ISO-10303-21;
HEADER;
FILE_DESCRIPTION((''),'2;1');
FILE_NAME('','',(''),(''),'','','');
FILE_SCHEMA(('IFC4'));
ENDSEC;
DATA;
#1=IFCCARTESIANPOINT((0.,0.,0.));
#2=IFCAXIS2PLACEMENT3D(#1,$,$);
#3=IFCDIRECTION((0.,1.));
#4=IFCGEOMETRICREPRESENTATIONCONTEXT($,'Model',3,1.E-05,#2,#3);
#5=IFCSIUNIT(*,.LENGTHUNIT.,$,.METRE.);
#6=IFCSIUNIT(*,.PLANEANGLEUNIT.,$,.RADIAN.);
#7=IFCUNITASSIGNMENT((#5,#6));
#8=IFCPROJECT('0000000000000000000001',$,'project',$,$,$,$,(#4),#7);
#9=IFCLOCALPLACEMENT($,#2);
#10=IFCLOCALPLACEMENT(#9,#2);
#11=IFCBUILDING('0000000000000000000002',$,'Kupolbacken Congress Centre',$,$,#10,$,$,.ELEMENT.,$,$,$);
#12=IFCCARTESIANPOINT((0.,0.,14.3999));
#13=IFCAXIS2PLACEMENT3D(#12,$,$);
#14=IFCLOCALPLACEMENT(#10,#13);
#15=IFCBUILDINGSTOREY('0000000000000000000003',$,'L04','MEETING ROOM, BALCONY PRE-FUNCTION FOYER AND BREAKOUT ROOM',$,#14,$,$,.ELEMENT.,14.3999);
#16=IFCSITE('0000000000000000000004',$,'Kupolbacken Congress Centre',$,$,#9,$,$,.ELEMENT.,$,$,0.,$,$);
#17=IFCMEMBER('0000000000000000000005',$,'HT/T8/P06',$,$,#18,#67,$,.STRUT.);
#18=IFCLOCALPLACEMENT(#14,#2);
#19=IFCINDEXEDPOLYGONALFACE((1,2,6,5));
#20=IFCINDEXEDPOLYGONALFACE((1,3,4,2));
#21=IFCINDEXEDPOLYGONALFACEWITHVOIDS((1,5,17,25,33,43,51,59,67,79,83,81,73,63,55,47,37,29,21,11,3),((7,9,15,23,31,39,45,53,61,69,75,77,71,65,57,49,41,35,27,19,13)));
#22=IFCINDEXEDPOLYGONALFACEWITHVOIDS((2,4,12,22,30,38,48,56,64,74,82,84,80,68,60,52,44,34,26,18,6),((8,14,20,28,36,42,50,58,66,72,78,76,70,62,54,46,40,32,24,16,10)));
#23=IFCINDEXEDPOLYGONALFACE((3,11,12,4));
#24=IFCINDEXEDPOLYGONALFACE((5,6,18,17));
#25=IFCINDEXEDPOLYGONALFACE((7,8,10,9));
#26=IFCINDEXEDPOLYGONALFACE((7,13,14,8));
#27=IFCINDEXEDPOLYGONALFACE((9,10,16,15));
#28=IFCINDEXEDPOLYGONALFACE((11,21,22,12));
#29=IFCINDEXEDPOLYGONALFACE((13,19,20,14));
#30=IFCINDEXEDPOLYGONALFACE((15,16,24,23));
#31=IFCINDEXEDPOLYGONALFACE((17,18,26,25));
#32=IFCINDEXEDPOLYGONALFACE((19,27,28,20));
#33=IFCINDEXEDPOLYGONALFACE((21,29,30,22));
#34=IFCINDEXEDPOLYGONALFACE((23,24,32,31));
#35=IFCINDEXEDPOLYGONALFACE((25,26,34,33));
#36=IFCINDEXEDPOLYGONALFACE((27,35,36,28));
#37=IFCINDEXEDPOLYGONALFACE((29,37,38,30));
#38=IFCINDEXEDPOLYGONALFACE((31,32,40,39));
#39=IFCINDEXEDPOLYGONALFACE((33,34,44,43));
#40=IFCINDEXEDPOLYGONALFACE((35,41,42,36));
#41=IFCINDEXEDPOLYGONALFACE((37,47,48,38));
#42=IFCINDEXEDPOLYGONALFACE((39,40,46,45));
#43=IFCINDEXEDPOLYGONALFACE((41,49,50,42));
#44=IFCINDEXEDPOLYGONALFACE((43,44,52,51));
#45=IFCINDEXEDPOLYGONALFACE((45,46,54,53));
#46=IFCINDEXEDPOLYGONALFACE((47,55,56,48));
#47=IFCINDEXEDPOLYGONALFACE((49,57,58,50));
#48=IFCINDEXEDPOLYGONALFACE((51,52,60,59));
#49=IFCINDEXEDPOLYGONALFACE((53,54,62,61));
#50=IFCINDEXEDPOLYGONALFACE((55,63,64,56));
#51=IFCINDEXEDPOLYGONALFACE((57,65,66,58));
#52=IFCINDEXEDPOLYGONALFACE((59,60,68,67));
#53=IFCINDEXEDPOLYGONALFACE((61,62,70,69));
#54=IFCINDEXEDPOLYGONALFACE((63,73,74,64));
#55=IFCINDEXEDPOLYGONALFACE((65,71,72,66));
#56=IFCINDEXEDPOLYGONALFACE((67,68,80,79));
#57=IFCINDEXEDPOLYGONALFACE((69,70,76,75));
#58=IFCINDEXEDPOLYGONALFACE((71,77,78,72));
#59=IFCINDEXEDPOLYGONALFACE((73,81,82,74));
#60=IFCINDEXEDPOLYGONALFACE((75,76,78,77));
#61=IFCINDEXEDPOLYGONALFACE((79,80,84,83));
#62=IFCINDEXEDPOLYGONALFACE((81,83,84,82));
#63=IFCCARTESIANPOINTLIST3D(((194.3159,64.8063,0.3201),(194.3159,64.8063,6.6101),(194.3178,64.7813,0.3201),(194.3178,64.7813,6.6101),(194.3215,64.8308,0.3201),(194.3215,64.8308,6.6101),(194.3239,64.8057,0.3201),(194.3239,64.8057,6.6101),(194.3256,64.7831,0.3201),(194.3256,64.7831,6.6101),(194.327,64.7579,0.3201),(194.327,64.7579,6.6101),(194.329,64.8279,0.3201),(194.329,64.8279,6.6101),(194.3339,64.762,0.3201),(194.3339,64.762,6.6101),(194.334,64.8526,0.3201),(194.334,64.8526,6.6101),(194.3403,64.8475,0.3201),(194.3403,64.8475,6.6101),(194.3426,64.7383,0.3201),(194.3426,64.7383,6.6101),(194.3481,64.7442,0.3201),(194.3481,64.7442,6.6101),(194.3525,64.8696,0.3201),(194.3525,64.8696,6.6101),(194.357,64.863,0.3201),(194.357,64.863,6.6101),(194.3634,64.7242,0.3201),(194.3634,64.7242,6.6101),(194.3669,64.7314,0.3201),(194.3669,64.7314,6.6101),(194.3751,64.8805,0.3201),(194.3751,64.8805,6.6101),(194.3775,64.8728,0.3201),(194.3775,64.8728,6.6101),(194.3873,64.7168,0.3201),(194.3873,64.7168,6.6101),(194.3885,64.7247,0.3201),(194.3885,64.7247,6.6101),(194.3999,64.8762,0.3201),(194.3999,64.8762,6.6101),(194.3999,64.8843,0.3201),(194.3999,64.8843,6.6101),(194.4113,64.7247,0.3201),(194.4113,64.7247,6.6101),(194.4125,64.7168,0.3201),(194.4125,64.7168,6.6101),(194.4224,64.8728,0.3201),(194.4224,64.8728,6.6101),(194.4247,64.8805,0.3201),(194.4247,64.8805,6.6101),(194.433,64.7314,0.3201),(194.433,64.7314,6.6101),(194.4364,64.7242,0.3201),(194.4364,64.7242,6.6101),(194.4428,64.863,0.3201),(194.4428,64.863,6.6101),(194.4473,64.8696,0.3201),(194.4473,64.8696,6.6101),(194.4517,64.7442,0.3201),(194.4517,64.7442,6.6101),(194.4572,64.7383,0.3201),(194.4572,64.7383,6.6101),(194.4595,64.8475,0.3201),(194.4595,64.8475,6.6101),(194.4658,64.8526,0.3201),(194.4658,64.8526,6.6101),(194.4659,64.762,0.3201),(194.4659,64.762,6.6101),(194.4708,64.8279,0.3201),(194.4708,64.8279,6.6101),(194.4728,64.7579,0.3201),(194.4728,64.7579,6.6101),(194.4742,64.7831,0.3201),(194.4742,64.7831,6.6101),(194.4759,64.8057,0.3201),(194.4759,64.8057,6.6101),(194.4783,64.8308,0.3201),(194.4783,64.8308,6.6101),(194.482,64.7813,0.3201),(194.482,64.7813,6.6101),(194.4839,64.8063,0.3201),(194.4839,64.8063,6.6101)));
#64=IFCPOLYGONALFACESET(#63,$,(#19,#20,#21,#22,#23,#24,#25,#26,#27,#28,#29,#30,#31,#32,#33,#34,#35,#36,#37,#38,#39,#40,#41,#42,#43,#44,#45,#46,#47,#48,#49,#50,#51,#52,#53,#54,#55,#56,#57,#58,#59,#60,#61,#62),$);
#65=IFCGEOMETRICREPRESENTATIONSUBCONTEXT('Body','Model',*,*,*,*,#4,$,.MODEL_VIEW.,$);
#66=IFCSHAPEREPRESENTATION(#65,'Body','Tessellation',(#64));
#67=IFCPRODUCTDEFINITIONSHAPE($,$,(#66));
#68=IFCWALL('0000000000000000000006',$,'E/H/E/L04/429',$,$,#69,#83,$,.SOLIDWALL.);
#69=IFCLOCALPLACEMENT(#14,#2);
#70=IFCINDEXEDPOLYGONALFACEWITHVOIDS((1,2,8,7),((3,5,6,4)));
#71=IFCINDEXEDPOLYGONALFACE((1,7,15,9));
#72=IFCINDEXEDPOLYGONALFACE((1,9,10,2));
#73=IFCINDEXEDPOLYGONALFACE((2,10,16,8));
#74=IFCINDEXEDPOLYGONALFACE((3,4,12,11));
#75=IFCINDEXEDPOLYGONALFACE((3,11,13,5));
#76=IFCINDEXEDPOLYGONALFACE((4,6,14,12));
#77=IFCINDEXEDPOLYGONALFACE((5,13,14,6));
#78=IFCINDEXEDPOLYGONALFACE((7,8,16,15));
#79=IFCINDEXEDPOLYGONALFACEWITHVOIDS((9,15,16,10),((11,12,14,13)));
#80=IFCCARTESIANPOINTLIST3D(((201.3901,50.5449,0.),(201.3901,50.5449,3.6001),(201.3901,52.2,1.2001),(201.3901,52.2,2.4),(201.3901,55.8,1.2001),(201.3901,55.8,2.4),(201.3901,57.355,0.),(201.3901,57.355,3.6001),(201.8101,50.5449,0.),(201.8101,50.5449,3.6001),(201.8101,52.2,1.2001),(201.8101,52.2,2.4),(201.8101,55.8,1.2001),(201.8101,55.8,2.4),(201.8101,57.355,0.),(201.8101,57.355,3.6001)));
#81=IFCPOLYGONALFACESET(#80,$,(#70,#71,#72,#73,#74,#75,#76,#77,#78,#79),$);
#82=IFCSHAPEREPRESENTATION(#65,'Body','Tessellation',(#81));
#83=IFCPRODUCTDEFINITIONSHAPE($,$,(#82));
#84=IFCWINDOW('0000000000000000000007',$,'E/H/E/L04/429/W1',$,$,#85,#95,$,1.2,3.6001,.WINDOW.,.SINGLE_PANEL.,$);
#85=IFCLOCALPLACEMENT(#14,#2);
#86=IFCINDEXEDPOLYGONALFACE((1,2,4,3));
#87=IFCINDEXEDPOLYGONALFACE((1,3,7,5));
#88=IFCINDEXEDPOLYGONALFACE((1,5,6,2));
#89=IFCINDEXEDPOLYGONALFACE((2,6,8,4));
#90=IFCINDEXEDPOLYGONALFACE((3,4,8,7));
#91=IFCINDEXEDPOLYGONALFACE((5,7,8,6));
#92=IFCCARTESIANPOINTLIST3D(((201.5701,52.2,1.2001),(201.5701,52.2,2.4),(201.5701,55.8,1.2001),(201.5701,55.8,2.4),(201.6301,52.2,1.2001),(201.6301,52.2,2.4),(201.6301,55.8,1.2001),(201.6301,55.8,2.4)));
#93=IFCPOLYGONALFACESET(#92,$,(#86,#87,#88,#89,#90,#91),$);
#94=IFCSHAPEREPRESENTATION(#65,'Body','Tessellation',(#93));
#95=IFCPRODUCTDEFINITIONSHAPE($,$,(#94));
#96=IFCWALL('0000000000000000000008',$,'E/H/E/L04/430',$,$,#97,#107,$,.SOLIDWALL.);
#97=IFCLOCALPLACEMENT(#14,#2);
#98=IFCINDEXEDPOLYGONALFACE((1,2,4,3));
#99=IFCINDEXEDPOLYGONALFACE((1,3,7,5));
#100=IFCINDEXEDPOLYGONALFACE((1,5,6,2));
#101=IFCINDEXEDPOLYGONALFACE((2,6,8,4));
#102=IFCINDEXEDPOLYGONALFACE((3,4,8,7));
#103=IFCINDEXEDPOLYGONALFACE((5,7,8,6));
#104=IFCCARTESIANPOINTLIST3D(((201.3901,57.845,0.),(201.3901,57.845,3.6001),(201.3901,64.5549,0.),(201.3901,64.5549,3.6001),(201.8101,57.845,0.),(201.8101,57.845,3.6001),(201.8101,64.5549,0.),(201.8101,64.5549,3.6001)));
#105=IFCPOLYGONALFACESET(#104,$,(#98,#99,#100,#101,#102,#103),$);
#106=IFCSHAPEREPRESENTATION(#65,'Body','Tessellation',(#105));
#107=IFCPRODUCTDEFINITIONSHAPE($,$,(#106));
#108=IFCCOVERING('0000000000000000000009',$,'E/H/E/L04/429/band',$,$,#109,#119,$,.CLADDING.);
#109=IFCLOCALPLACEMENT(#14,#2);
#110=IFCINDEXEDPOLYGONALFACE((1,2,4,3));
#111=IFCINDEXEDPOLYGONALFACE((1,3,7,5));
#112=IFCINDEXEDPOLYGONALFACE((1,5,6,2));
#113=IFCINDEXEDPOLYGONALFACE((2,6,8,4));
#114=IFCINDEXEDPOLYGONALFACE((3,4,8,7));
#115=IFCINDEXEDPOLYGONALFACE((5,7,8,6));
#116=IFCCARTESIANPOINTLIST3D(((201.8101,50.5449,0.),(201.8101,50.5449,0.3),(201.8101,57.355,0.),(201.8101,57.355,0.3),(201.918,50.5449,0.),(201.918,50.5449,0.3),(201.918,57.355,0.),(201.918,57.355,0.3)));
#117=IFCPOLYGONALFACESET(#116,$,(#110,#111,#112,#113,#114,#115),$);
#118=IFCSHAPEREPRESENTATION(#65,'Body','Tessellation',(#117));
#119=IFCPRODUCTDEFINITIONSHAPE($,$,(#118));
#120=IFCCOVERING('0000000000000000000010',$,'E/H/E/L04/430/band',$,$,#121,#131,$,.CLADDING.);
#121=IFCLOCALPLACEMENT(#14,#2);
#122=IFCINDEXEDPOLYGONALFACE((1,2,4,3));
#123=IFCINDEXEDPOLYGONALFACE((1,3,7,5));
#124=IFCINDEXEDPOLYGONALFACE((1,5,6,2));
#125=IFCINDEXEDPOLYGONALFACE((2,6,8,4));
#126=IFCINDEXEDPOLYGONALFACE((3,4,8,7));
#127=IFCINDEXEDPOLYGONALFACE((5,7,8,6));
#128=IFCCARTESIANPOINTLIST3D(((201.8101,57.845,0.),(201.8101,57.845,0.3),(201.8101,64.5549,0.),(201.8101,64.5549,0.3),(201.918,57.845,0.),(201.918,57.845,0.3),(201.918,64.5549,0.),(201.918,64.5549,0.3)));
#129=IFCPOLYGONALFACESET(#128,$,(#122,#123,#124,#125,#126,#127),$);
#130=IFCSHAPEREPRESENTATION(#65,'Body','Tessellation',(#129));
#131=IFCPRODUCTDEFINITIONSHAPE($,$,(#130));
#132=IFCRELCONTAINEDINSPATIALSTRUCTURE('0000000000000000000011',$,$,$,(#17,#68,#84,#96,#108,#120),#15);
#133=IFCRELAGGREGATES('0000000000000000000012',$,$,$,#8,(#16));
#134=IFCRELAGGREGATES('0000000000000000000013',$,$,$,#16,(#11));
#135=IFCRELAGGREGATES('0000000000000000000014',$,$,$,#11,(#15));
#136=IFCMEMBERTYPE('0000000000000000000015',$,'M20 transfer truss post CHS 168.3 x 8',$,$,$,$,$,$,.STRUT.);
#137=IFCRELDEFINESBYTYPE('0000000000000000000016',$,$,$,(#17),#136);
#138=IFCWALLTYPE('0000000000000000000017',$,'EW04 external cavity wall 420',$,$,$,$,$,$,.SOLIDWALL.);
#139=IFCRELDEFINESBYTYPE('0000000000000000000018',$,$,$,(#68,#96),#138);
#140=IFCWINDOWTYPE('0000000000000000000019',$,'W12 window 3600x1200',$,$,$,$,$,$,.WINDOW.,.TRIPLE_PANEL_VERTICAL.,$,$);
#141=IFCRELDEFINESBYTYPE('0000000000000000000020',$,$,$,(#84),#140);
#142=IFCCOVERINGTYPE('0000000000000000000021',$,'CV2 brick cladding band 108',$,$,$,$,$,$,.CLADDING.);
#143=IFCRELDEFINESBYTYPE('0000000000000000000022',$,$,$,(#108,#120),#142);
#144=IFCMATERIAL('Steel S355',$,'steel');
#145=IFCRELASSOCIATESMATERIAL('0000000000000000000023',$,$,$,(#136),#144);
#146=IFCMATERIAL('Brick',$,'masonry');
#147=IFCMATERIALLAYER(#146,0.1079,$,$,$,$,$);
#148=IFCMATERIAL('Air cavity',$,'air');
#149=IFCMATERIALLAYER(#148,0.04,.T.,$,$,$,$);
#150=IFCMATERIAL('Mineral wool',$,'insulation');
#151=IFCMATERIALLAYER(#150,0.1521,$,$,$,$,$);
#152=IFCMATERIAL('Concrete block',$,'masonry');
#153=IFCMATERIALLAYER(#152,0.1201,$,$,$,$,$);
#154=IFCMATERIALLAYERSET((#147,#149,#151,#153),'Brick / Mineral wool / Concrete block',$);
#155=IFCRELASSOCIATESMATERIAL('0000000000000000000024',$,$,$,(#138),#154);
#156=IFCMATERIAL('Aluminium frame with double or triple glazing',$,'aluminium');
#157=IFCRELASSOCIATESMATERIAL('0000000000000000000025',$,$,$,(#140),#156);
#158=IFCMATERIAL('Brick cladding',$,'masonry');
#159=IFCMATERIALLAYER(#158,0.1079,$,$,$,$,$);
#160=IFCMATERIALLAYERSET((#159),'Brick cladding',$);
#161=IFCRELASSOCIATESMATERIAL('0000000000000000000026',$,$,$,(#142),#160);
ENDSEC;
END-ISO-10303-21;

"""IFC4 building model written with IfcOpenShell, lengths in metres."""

from ifc_helpers import new_model, si_unit, direction, frame, frame_2d, origin, origin_2d, place, context, subcontext, project, spatial, rectangle, hollow_circle, extrude, material, layer, layer_set, material_profile, profile_set, type_object, element, fill, save


model = new_model("IFC4")

# Units and contexts
model_context = context("Model", 3, precision=1e-05, world=origin(), true_north=direction((0.0, 1.0)))
body_context = subcontext(model_context, "Body", "Model", "MODEL_VIEW")
ifc_project = project(units=[si_unit("LENGTHUNIT", "METRE"), si_unit("PLANEANGLEUNIT", "RADIAN")], contexts=[model_context])

# Site, building, storey
site_placement = place(None, origin())
site = spatial("IfcSite", under=ifc_project, at=site_placement, Name="Kupolbacken Congress Centre", CompositionType="ELEMENT", RefElevation=0.0)
building_placement = place(site_placement, origin())
building = spatial("IfcBuilding", under=site, at=building_placement, Name="Kupolbacken Congress Centre", CompositionType="ELEMENT")
storey_placement = place(building_placement, frame((0.0, 0.0, 14.3999)))
storey = spatial("IfcBuildingStorey", under=building, at=storey_placement, Name="L04", Description="MEETING ROOM, BALCONY PRE-FUNCTION FOYER AND BREAKOUT ROOM", CompositionType="ELEMENT", Elevation=14.3999)

# Member
ifc_material_1 = material(Name="Steel S355", Category="steel")
ifc_material_profile_1 = material_profile(ifc_material_1, hollow_circle(Radius=0.0842, WallThickness=0.0081, at=origin_2d()), Name="CHS 168.3 x 8")
ifc_profile_set_1 = profile_set([ifc_material_profile_1], Name="Steel S355")
member_type_1 = type_object("IfcMemberType", Name="M20 transfer truss post CHS 168.3 x 8", PredefinedType="STRUT", material=ifc_profile_set_1)
for number, where, z_axis, x_axis, name in (
    (1, (194.3999, 64.8, 0.3201), (0.0, 0.0, 1.0), (0.0, 1.0, 0.0), "HT/T8/P06"),
):
    element("IfcMember", number, at=place(storey_placement, frame(where, z_axis=z_axis, x_axis=x_axis)), inside=storey, type_object=member_type_1, Name=name, PredefinedType="STRUT", context=body_context, shape_type="SweptSolid", body=[
        extrude(hollow_circle(Radius=0.0842, WallThickness=0.0081, at=origin_2d()), origin(), (0.0, 0.0, 1.0), 6.29),
    ])

# Wall, opening, window
ifc_material_2 = material(Name="Brick", Category="masonry")
ifc_layer_1 = layer(ifc_material_2, 0.1079)
ifc_material_3 = material(Name="Air cavity", Category="air")
ifc_layer_2 = layer(ifc_material_3, 0.04, ventilated=True)
ifc_material_4 = material(Name="Mineral wool", Category="insulation")
ifc_layer_3 = layer(ifc_material_4, 0.1521)
ifc_material_5 = material(Name="Concrete block", Category="masonry")
ifc_layer_4 = layer(ifc_material_5, 0.1201)
ifc_layer_set_1 = layer_set([ifc_layer_1, ifc_layer_2, ifc_layer_3, ifc_layer_4], Name="Brick / Mineral wool / Concrete block")
wall_type = type_object("IfcWallType", Name="EW04 external cavity wall 420", PredefinedType="SOLIDWALL", material=ifc_layer_set_1)
wall_1_placement = place(storey_placement, frame((201.6001, 50.5449, 0.0), z_axis=(0.0, 0.0, 1.0), x_axis=(0.0, 1.0, 0.0)))
wall_1 = element("IfcWall", 2, at=wall_1_placement, inside=storey, type_object=wall_type, Name="E/H/E/L04/429", PredefinedType="SOLIDWALL", context=body_context, shape_type="SweptSolid", body=[
    extrude(rectangle(XDim=6.8101, YDim=0.4199, at=frame_2d((3.405, 0.0))), origin(), (0.0, 0.0, 1.0), 3.6001),
])
opening_placement = place(wall_1_placement, frame((1.655, 0.0, 1.2)))
opening = element("IfcOpeningElement", 3, at=opening_placement, cuts=wall_1, PredefinedType="OPENING", context=body_context, shape_type="SweptSolid", body=[
    extrude(rectangle(XDim=3.6001, YDim=1.2, at=frame_2d((1.8, 0.6001))), frame((0.0, 0.22, 0.0), z_axis=(0.0, -1.0, 0.0), x_axis=(1.0, 0.0, 0.0)), (0.0, 0.0, 1.0), 0.4399),
])
ifc_material_6 = material(Name="Aluminium frame with double or triple glazing", Category="aluminium")
window_type = type_object("IfcWindowType", Name="W12 window 3600x1200", PartitioningType="TRIPLE_PANEL_VERTICAL", PredefinedType="WINDOW", material=ifc_material_6)
window_placement = place(opening_placement, origin())
window = element("IfcWindow", 4, at=window_placement, inside=storey, type_object=window_type, Name="E/H/E/L04/429/W1", OverallHeight=1.2, OverallWidth=3.6001, PartitioningType="SINGLE_PANEL", PredefinedType="WINDOW", context=body_context, shape_type="SweptSolid", body=[
    extrude(rectangle(XDim=3.6001, YDim=1.2, at=frame_2d((1.8, 0.6001))), frame((0.0, 0.03, 0.0), z_axis=(0.0, -1.0, 0.0), x_axis=(1.0, 0.0, 0.0)), (0.0, 0.0, 1.0), 0.0601),
])
fill(opening, window)

# Wall
wall_2_placement = place(storey_placement, frame((201.6001, 57.845, 0.0), z_axis=(0.0, 0.0, 1.0), x_axis=(0.0, 1.0, 0.0)))
element("IfcWall", 5, at=wall_2_placement, inside=storey, type_object=wall_type, Name="E/H/E/L04/430", PredefinedType="SOLIDWALL", context=body_context, shape_type="SweptSolid", body=[
    extrude(rectangle(XDim=6.71, YDim=0.4199, at=frame_2d((3.355, 0.0))), origin(), (0.0, 0.0, 1.0), 3.6001),
])

# Coverings
ifc_material_7 = material(Name="Brick cladding", Category="masonry")
ifc_layer_5 = layer(ifc_material_7, 0.1079)
ifc_layer_set_2 = layer_set([ifc_layer_5], Name="Brick cladding")
covering_type = type_object("IfcCoveringType", Name="CV2 brick cladding band 108", PredefinedType="CLADDING", material=ifc_layer_set_2)
covering_1_placement = place(storey_placement, frame((201.864, 53.95, 0.0), z_axis=(0.0, 0.0, 1.0), x_axis=(0.0, 1.0, 0.0)))
element("IfcCovering", 6, at=covering_1_placement, inside=storey, type_object=covering_type, Name="E/H/E/L04/429/band", PredefinedType="CLADDING", context=body_context, shape_type="SweptSolid", body=[
    extrude(rectangle(XDim=6.8101, YDim=0.1079, at=origin_2d()), origin(), (0.0, 0.0, 1.0), 0.3),
])
covering_2_placement = place(storey_placement, frame((201.864, 61.2, 0.0), z_axis=(0.0, 0.0, 1.0), x_axis=(0.0, 1.0, 0.0)))
element("IfcCovering", 7, at=covering_2_placement, inside=storey, type_object=covering_type, Name="E/H/E/L04/430/band", PredefinedType="CLADDING", context=body_context, shape_type="SweptSolid", body=[
    extrude(rectangle(XDim=6.71, YDim=0.1079, at=origin_2d()), origin(), (0.0, 0.0, 1.0), 0.3),
])

save(model, "model.ifc")
